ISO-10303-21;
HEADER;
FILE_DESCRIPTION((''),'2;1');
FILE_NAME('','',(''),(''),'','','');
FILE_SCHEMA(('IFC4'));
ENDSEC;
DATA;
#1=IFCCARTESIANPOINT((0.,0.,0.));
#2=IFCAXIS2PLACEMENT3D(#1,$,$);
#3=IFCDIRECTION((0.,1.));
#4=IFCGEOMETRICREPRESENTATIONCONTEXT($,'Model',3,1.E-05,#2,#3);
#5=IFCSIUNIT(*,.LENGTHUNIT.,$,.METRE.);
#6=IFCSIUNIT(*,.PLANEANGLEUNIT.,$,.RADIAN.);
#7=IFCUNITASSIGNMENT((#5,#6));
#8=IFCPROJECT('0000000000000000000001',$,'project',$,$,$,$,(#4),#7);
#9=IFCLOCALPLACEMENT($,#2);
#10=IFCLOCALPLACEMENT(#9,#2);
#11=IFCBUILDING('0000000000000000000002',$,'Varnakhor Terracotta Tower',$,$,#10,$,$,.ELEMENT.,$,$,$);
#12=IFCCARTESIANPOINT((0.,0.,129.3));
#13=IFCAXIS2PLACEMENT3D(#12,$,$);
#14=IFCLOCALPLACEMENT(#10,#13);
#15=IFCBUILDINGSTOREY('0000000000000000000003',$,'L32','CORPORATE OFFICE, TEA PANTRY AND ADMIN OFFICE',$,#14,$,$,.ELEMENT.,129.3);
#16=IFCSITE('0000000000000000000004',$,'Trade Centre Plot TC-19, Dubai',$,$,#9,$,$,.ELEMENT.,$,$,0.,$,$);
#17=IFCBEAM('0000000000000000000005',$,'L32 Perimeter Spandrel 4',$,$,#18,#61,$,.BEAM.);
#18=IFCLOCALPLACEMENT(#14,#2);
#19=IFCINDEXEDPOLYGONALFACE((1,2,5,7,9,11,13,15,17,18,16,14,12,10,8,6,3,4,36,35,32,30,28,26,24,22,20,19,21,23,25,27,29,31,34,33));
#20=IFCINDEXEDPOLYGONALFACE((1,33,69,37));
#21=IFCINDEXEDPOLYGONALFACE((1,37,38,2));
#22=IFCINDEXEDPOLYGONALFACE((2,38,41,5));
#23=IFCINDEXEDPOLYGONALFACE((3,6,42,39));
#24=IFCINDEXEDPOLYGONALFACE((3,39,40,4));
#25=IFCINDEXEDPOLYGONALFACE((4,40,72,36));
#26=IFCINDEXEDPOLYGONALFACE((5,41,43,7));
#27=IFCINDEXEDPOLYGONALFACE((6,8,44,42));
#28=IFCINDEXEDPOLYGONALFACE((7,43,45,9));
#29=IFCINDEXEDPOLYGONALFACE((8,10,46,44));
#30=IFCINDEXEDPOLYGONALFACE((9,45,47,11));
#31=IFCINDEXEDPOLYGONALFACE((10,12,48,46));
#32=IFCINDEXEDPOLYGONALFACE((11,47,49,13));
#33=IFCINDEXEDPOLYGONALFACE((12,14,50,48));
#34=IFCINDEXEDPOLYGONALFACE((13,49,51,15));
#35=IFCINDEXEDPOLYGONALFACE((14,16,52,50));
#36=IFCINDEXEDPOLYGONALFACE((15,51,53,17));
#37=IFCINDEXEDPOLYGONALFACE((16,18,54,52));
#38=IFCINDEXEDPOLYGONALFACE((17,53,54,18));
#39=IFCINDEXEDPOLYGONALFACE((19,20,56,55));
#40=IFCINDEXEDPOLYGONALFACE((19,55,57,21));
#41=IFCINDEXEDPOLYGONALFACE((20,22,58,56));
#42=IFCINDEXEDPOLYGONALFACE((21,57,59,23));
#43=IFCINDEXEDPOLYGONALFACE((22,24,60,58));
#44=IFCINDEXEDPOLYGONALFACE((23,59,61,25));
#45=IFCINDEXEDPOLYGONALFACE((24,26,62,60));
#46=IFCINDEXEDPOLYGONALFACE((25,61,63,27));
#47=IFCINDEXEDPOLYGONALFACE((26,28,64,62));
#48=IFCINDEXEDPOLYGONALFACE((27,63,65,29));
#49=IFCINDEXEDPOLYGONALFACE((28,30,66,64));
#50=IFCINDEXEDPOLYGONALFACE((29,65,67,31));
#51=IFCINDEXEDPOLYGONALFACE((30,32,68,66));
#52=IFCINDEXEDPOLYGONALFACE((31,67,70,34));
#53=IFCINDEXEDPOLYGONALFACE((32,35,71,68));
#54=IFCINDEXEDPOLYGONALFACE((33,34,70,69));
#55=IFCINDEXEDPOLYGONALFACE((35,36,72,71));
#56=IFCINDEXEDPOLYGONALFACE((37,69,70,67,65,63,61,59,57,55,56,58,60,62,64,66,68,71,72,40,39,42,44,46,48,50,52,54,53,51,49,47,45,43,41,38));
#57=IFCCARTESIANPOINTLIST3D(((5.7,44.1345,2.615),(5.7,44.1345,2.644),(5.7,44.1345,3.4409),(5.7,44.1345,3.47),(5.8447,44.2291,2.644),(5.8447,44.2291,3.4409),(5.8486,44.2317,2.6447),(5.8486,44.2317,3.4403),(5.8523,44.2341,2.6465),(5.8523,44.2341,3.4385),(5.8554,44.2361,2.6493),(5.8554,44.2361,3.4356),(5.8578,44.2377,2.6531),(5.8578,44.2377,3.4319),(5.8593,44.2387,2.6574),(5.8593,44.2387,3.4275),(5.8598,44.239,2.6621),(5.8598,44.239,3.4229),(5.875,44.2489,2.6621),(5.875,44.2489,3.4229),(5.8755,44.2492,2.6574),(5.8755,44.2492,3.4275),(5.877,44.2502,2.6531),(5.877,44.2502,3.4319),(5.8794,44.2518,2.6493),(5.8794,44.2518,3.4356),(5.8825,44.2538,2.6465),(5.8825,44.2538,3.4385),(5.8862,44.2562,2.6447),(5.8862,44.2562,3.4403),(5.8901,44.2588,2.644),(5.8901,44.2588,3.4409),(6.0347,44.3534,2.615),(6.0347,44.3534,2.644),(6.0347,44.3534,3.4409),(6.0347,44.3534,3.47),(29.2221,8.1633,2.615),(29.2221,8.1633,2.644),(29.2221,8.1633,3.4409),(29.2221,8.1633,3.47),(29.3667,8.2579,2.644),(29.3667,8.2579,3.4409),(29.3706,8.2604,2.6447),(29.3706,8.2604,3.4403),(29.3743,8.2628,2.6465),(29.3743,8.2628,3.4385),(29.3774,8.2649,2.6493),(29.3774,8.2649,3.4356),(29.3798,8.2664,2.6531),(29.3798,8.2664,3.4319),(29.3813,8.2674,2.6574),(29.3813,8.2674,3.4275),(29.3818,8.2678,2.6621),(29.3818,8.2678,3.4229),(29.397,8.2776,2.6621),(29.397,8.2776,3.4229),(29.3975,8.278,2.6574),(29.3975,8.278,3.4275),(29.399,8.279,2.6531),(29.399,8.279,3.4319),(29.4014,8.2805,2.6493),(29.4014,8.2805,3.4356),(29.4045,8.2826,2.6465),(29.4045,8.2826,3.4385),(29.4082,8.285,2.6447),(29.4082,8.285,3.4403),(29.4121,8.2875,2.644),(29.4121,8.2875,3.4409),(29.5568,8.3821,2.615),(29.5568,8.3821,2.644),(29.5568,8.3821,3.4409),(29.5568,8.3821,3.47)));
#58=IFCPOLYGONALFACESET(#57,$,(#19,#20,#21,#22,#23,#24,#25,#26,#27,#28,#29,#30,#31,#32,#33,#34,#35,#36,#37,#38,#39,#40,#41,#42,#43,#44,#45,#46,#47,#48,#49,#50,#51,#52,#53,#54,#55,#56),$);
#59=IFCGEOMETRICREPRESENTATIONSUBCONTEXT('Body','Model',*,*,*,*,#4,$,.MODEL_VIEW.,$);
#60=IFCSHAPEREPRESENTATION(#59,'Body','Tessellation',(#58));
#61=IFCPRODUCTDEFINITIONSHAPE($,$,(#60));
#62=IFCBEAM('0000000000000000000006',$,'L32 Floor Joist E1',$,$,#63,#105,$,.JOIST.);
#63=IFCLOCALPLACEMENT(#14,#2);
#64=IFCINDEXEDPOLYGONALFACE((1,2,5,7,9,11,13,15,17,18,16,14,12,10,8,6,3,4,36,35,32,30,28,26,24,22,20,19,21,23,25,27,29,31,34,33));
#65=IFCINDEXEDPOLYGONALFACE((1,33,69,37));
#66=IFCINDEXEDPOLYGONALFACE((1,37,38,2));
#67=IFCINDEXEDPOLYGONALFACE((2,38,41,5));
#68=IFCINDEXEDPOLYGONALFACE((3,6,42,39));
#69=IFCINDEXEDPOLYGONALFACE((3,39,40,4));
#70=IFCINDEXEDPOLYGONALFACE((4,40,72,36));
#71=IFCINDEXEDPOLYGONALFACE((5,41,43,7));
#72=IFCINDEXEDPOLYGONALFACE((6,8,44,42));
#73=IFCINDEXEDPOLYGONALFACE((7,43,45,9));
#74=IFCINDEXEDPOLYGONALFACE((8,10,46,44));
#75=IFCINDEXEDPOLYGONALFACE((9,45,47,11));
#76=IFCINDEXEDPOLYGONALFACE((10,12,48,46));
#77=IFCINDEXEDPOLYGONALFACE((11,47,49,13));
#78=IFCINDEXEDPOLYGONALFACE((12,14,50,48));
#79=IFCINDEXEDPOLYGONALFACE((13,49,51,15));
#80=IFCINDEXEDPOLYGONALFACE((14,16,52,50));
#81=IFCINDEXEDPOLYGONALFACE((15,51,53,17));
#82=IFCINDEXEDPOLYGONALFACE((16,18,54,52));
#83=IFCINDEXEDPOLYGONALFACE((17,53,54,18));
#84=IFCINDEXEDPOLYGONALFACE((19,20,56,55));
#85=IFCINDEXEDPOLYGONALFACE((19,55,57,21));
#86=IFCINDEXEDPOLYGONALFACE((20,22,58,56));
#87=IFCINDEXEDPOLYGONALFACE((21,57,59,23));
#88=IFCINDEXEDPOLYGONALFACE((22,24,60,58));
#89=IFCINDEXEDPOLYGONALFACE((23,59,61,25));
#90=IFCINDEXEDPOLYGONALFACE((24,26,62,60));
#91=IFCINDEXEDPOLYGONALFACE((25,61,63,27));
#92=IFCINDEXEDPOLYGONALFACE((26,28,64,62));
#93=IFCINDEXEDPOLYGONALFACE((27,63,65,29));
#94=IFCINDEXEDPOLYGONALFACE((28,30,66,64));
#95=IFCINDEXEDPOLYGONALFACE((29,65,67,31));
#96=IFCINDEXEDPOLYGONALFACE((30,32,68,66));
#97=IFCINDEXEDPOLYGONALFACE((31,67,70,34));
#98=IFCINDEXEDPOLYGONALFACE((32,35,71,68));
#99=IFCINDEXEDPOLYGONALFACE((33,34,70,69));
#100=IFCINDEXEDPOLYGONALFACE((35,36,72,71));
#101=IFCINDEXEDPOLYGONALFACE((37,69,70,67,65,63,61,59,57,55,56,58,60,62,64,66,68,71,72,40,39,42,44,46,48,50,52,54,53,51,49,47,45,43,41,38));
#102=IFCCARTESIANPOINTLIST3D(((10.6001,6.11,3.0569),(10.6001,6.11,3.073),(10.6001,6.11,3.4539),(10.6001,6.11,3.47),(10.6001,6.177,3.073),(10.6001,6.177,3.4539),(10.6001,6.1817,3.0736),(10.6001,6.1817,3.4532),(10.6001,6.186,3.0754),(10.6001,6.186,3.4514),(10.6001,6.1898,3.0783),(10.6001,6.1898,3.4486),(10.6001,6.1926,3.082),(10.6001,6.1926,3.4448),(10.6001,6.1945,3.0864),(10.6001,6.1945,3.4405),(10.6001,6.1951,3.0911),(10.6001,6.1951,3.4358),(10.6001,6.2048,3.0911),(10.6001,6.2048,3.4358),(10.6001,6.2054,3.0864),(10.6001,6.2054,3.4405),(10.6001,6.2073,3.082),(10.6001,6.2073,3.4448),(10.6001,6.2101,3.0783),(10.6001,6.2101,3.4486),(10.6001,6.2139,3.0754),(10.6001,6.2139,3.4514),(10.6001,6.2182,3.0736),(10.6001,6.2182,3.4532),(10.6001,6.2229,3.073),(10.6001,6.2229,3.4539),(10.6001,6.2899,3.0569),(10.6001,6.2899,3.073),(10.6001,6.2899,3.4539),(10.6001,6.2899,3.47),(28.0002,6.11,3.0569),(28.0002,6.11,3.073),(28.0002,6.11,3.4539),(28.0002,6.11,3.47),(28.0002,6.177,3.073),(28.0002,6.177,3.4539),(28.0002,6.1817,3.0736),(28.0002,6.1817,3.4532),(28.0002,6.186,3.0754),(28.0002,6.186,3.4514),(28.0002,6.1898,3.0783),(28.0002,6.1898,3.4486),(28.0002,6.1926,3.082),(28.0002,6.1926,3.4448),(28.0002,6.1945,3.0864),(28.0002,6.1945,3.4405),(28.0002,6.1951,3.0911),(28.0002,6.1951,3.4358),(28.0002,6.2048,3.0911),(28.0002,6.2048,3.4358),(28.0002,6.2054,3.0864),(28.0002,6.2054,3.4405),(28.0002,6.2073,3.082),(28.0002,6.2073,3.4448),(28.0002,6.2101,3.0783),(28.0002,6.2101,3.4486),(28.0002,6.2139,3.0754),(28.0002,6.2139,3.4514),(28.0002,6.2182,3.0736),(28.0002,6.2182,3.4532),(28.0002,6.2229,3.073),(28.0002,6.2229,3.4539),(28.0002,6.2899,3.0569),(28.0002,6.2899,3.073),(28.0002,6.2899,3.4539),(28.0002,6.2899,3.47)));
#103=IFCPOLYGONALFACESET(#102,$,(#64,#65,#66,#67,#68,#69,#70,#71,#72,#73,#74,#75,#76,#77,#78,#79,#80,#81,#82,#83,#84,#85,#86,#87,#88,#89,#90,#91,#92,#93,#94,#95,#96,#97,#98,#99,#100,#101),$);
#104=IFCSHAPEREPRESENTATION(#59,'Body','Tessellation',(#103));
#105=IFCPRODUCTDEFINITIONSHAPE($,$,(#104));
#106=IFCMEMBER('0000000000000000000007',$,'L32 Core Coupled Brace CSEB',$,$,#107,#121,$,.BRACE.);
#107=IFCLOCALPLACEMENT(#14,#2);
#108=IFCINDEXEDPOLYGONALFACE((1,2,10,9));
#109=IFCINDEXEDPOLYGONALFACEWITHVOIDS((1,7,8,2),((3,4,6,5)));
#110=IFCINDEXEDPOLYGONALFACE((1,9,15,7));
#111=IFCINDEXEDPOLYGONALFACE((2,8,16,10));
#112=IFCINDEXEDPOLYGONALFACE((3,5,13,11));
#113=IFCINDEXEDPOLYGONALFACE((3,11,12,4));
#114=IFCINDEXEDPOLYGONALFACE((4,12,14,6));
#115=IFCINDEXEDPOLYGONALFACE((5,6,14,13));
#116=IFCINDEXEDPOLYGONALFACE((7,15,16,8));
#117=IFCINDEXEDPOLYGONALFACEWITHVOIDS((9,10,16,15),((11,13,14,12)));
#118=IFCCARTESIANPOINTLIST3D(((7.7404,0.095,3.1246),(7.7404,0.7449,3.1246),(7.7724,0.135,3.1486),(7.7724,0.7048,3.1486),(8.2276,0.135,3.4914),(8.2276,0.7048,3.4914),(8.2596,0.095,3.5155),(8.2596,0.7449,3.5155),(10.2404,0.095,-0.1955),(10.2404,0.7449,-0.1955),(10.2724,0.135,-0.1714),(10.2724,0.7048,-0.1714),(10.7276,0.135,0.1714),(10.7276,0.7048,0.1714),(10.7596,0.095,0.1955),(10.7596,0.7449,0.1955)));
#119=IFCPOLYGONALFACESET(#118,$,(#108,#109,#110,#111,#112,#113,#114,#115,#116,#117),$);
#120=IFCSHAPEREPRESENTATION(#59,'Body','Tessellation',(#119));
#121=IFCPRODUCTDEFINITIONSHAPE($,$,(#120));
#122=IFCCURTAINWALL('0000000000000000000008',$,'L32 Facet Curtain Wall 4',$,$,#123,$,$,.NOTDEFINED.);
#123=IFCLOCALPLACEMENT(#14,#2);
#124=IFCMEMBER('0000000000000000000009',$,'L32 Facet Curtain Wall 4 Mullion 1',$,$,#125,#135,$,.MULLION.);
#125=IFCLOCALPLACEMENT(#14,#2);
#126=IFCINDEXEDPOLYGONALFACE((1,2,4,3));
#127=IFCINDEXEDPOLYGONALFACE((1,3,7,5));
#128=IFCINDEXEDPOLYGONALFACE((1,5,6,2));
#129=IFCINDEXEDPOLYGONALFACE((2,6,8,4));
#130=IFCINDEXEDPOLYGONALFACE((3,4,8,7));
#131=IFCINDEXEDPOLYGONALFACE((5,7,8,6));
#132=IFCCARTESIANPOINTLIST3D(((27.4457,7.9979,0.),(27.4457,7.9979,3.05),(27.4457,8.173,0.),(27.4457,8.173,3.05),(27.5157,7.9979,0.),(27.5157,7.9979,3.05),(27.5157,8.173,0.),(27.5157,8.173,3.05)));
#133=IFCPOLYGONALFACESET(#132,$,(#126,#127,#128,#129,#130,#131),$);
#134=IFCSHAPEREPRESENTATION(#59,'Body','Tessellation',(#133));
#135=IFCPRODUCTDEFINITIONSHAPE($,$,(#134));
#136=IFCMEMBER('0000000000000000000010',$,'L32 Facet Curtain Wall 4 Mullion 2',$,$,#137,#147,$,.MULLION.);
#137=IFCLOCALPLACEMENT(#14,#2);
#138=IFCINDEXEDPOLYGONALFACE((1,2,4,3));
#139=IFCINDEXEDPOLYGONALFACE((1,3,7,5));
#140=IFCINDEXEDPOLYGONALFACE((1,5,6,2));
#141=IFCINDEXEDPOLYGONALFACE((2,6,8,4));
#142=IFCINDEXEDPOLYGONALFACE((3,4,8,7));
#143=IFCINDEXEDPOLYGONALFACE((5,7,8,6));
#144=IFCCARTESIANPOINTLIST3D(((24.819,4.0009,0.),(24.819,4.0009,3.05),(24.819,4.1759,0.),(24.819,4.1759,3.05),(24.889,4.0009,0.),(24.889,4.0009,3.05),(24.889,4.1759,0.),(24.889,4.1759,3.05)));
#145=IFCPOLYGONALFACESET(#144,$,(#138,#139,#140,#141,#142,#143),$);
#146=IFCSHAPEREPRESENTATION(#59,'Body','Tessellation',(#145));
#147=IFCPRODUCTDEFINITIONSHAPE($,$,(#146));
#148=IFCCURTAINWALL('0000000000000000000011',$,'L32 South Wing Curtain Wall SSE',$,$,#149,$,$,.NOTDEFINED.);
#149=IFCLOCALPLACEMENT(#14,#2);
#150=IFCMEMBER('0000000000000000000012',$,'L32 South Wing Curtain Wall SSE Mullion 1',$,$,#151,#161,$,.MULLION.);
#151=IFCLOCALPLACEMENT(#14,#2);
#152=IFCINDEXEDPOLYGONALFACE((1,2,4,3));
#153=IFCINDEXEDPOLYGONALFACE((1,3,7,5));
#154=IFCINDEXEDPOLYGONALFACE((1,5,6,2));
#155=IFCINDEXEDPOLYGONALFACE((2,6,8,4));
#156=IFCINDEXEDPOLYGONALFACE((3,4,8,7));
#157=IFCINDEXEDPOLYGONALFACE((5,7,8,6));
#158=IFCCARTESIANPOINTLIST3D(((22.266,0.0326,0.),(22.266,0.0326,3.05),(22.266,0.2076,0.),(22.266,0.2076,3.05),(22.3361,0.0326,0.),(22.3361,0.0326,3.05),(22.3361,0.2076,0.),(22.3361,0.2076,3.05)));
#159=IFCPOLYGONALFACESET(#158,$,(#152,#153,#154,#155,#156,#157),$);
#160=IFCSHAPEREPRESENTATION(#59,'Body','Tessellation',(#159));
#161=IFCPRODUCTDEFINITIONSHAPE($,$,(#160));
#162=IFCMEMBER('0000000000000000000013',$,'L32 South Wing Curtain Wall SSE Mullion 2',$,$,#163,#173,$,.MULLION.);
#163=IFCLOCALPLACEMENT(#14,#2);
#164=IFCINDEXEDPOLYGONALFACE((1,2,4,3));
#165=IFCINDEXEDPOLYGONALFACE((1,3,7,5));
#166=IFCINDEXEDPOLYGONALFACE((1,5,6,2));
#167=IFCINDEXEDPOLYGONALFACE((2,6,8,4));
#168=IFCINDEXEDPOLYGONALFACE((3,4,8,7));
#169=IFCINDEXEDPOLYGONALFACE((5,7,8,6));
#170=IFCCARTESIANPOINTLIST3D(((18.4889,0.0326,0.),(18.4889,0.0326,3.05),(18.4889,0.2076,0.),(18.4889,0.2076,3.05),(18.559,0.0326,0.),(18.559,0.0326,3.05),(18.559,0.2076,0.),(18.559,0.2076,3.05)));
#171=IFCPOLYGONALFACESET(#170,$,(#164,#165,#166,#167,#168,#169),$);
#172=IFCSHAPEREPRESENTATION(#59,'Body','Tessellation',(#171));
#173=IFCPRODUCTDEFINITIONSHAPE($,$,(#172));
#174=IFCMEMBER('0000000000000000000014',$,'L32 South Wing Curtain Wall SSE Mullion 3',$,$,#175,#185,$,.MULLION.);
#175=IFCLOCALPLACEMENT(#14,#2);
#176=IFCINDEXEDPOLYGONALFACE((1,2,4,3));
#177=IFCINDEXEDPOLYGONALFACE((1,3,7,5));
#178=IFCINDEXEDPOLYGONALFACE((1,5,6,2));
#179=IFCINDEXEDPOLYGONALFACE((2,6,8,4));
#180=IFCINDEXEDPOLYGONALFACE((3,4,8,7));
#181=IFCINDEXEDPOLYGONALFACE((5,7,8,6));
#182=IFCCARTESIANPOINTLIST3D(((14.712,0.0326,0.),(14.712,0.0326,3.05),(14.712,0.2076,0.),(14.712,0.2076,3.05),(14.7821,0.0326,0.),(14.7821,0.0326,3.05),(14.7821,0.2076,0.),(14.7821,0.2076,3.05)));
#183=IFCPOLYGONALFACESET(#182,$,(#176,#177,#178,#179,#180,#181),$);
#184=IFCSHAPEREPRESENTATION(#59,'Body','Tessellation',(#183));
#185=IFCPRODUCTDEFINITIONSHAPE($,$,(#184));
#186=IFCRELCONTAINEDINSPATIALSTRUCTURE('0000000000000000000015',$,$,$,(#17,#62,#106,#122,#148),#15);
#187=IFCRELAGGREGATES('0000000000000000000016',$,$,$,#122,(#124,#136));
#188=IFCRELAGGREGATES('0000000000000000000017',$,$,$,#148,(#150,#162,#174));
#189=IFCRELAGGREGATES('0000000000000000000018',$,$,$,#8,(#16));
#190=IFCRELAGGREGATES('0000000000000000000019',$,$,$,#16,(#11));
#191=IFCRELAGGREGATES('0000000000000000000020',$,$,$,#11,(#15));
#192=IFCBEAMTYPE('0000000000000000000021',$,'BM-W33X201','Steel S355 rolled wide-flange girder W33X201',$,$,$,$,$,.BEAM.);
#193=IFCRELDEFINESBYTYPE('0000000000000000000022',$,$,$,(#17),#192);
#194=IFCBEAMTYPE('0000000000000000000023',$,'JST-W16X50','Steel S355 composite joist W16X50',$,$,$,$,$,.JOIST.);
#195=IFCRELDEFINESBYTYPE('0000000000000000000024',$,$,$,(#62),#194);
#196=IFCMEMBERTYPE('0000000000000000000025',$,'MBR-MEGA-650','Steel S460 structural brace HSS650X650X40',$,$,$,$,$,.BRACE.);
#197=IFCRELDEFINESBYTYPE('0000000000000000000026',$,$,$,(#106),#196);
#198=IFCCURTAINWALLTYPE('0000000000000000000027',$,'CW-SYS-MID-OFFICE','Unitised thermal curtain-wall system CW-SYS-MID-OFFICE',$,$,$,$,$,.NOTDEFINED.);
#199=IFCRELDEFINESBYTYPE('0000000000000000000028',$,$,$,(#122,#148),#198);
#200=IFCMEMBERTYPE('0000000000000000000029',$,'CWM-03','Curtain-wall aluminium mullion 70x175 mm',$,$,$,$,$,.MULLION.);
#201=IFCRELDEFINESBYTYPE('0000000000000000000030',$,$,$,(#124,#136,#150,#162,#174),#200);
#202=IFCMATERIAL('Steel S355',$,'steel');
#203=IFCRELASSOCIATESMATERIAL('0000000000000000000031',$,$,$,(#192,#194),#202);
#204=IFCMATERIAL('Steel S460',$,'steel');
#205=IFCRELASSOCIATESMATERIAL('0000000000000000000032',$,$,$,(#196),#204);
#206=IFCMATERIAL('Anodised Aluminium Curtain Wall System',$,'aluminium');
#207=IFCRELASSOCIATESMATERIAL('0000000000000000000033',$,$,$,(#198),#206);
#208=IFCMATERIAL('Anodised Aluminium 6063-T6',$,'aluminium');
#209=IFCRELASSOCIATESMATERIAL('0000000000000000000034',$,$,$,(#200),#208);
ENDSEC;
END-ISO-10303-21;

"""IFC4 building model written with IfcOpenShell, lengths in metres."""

from ifc_helpers import new_model, si_unit, direction, frame, origin, origin_2d, place, context, subcontext, project, spatial, rectangle, hollow_rectangle, i_section, extrude, source, transform, mapped, material, material_profile, profile_set, type_object, element, aggregate, save


model = new_model("IFC4")

# Units and contexts
model_context = context("Model", 3, precision=1e-05, world=origin(), true_north=direction((0.0, 1.0)))
body_context = subcontext(model_context, "Body", "Model", "MODEL_VIEW")
ifc_project = project(units=[si_unit("LENGTHUNIT", "METRE"), si_unit("PLANEANGLEUNIT", "RADIAN")], contexts=[model_context])

# Site, building, storey
site_placement = place(None, origin())
site = spatial("IfcSite", under=ifc_project, at=site_placement, Name="Trade Centre Plot TC-19, Dubai", CompositionType="ELEMENT", RefElevation=0.0)
building_placement = place(site_placement, origin())
building = spatial("IfcBuilding", under=site, at=building_placement, Name="Varnakhor Terracotta Tower", CompositionType="ELEMENT")
storey_placement = place(building_placement, frame((0.0, 0.0, 129.3)))
storey = spatial("IfcBuildingStorey", under=building, at=storey_placement, Name="L32", Description="CORPORATE OFFICE, TEA PANTRY AND ADMIN OFFICE", CompositionType="ELEMENT", Elevation=129.3)

# Shared definitions
ifc_material_1 = material(Name="Steel S460", Category="steel")

# Beams
ifc_material_2 = material(Name="Steel S355", Category="steel")
ifc_material_profile_1 = material_profile(ifc_material_2, i_section(OverallWidth=0.3999, OverallDepth=0.855, WebThickness=0.0181, FlangeThickness=0.0291, FilletRadius=0.0181, at=origin_2d()), Name="W33X201")
ifc_profile_set_1 = profile_set([ifc_material_profile_1], Name="Steel S355")
beam_type_1 = type_object("IfcBeamType", Name="BM-W33X201", Description="Steel S355 rolled wide-flange girder W33X201", PredefinedType="BEAM", material=ifc_profile_set_1)
shared_shape_1 = source(origin(), body_context, "Body", "SweptSolid", [
    extrude(i_section(OverallWidth=0.3999, OverallDepth=0.855, WebThickness=0.0181, FlangeThickness=0.0291, FilletRadius=0.0181, at=origin_2d()), origin(), (0.0, 0.0, 1.0), 42.9792),
])
beam_1_placement = place(storey_placement, frame((29.3894, 8.2727, 3.0425), z_axis=(-0.547288, 0.836945, 0.0), x_axis=(-0.836945, -0.547288, 0.0)))
element("IfcBeam", 1, at=beam_1_placement, inside=storey, type_object=beam_type_1, Name="L32 Perimeter Spandrel 4", PredefinedType="BEAM", context=body_context, shape_type="MappedRepresentation", body=[
    mapped(shared_shape_1, transform((0.0, 0.0, 0.0), scale=1.0)),
])
ifc_material_profile_2 = material_profile(ifc_material_2, i_section(OverallWidth=0.1799, OverallDepth=0.4131, WebThickness=0.0098, FlangeThickness=0.0161, FilletRadius=0.0181, at=origin_2d()), Name="W16X50")
ifc_profile_set_2 = profile_set([ifc_material_profile_2], Name="Steel S355")
beam_type_2 = type_object("IfcBeamType", Name="JST-W16X50", Description="Steel S355 composite joist W16X50", PredefinedType="JOIST", material=ifc_profile_set_2)
shared_shape_2 = source(origin(), body_context, "Body", "SweptSolid", [
    extrude(i_section(OverallWidth=0.1799, OverallDepth=0.4131, WebThickness=0.0098, FlangeThickness=0.0161, FilletRadius=0.0181, at=origin_2d()), origin(), (0.0, 0.0, 1.0), 17.4001),
])
beam_2_placement = place(storey_placement, frame((10.6001, 6.2, 3.2634), z_axis=(1.0, 0.0, 0.0), x_axis=(0.0, 1.0, 0.0)))
element("IfcBeam", 2, at=beam_2_placement, inside=storey, type_object=beam_type_2, Name="L32 Floor Joist E1", PredefinedType="JOIST", context=body_context, shape_type="MappedRepresentation", body=[
    mapped(shared_shape_2, transform((0.0, 0.0, 0.0), scale=1.0)),
])

# Member
ifc_material_profile_3 = material_profile(ifc_material_1, hollow_rectangle(XDim=0.6499, YDim=0.6499, WallThickness=0.04, at=origin_2d()), Name="HSS650X650X40")
ifc_profile_set_3 = profile_set([ifc_material_profile_3], Name="Steel S460")
member_type_1 = type_object("IfcMemberType", Name="MBR-MEGA-650", Description="Steel S460 structural brace HSS650X650X40", PredefinedType="BRACE", material=ifc_profile_set_3)
shared_shape_3 = source(origin(), body_context, "Body", "SweptSolid", [
    extrude(hollow_rectangle(XDim=0.6499, YDim=0.6499, WallThickness=0.04, at=origin_2d()), origin(), (0.0, 0.0, 1.0), 4.156),
])
member_1_placement = place(storey_placement, frame((10.5, 0.4199, 0.0), z_axis=(-0.601531, 0.0, 0.79885), x_axis=(0.0, -1.0, 0.0)))
element("IfcMember", 3, at=member_1_placement, inside=storey, type_object=member_type_1, Name="L32 Core Coupled Brace CSEB", PredefinedType="BRACE", context=body_context, shape_type="MappedRepresentation", body=[
    mapped(shared_shape_3, transform((0.0, 0.0, 0.0), scale=1.0)),
])

# Curtain walls, members
ifc_material_3 = material(Name="Anodised Aluminium Curtain Wall System", Category="aluminium")
curtain_wall_type = type_object("IfcCurtainWallType", Name="CW-SYS-MID-OFFICE", Description="Unitised thermal curtain-wall system CW-SYS-MID-OFFICE", PredefinedType="NOTDEFINED", material=ifc_material_3)
curtain_wall_1_placement = place(storey_placement, origin())
curtain_wall_1 = element("IfcCurtainWall", 4, at=curtain_wall_1_placement, inside=storey, type_object=curtain_wall_type, Name="L32 Facet Curtain Wall 4", PredefinedType="NOTDEFINED")
ifc_material_4 = material(Name="Anodised Aluminium 6063-T6", Category="aluminium")
ifc_material_profile_4 = material_profile(ifc_material_4, rectangle(XDim=0.0701, YDim=0.175, at=origin_2d()), Name="ALU MULLION 70x175")
ifc_profile_set_4 = profile_set([ifc_material_profile_4], Name="Anodised Aluminium 6063-T6")
member_type_2 = type_object("IfcMemberType", Name="CWM-03", Description="Curtain-wall aluminium mullion 70x175 mm", PredefinedType="MULLION", material=ifc_profile_set_4)
shared_shape_4 = source(origin(), body_context, "Body", "SweptSolid", [
    extrude(rectangle(XDim=0.0701, YDim=0.175, at=origin_2d()), origin(), (0.0, 0.0, 1.0), 3.05),
])
member_2_placement = place(storey_placement, frame((27.4807, 8.0854, 0.0), z_axis=(0.0, 0.0, 1.0), x_axis=(1.0, 0.0, 0.0)))
member_2 = element("IfcMember", 5, at=member_2_placement, type_object=member_type_2, Name="L32 Facet Curtain Wall 4 Mullion 1", PredefinedType="MULLION", context=body_context, shape_type="MappedRepresentation", body=[
    mapped(shared_shape_4, transform((0.0, 0.0, 0.0), scale=1.0)),
])
member_3_placement = place(storey_placement, frame((24.854, 4.0884, 0.0), z_axis=(0.0, 0.0, 1.0), x_axis=(1.0, 0.0, 0.0)))
member_3 = element("IfcMember", 6, at=member_3_placement, type_object=member_type_2, Name="L32 Facet Curtain Wall 4 Mullion 2", PredefinedType="MULLION", context=body_context, shape_type="MappedRepresentation", body=[
    mapped(shared_shape_4, transform((0.0, 0.0, 0.0), scale=1.0)),
])
curtain_wall_2_placement = place(storey_placement, origin())
curtain_wall_2 = element("IfcCurtainWall", 7, at=curtain_wall_2_placement, inside=storey, type_object=curtain_wall_type, Name="L32 South Wing Curtain Wall SSE", PredefinedType="NOTDEFINED")
member_4_placement = place(storey_placement, frame((22.301, 0.1201, 0.0), z_axis=(0.0, 0.0, 1.0), x_axis=(1.0, 0.0, 0.0)))
member_4 = element("IfcMember", 8, at=member_4_placement, type_object=member_type_2, Name="L32 South Wing Curtain Wall SSE Mullion 1", PredefinedType="MULLION", context=body_context, shape_type="MappedRepresentation", body=[
    mapped(shared_shape_4, transform((0.0, 0.0, 0.0), scale=1.0)),
])
member_5_placement = place(storey_placement, frame((18.5239, 0.1201, 0.0), z_axis=(0.0, 0.0, 1.0), x_axis=(1.0, 0.0, 0.0)))
member_5 = element("IfcMember", 9, at=member_5_placement, type_object=member_type_2, Name="L32 South Wing Curtain Wall SSE Mullion 2", PredefinedType="MULLION", context=body_context, shape_type="MappedRepresentation", body=[
    mapped(shared_shape_4, transform((0.0, 0.0, 0.0), scale=1.0)),
])
member_6_placement = place(storey_placement, frame((14.7471, 0.1201, 0.0), z_axis=(0.0, 0.0, 1.0), x_axis=(1.0, 0.0, 0.0)))
member_6 = element("IfcMember", 10, at=member_6_placement, type_object=member_type_2, Name="L32 South Wing Curtain Wall SSE Mullion 3", PredefinedType="MULLION", context=body_context, shape_type="MappedRepresentation", body=[
    mapped(shared_shape_4, transform((0.0, 0.0, 0.0), scale=1.0)),
])

aggregate(curtain_wall_1, [member_2, member_3])
aggregate(curtain_wall_2, [member_4, member_5, member_6])

save(model, "model.ifc")
